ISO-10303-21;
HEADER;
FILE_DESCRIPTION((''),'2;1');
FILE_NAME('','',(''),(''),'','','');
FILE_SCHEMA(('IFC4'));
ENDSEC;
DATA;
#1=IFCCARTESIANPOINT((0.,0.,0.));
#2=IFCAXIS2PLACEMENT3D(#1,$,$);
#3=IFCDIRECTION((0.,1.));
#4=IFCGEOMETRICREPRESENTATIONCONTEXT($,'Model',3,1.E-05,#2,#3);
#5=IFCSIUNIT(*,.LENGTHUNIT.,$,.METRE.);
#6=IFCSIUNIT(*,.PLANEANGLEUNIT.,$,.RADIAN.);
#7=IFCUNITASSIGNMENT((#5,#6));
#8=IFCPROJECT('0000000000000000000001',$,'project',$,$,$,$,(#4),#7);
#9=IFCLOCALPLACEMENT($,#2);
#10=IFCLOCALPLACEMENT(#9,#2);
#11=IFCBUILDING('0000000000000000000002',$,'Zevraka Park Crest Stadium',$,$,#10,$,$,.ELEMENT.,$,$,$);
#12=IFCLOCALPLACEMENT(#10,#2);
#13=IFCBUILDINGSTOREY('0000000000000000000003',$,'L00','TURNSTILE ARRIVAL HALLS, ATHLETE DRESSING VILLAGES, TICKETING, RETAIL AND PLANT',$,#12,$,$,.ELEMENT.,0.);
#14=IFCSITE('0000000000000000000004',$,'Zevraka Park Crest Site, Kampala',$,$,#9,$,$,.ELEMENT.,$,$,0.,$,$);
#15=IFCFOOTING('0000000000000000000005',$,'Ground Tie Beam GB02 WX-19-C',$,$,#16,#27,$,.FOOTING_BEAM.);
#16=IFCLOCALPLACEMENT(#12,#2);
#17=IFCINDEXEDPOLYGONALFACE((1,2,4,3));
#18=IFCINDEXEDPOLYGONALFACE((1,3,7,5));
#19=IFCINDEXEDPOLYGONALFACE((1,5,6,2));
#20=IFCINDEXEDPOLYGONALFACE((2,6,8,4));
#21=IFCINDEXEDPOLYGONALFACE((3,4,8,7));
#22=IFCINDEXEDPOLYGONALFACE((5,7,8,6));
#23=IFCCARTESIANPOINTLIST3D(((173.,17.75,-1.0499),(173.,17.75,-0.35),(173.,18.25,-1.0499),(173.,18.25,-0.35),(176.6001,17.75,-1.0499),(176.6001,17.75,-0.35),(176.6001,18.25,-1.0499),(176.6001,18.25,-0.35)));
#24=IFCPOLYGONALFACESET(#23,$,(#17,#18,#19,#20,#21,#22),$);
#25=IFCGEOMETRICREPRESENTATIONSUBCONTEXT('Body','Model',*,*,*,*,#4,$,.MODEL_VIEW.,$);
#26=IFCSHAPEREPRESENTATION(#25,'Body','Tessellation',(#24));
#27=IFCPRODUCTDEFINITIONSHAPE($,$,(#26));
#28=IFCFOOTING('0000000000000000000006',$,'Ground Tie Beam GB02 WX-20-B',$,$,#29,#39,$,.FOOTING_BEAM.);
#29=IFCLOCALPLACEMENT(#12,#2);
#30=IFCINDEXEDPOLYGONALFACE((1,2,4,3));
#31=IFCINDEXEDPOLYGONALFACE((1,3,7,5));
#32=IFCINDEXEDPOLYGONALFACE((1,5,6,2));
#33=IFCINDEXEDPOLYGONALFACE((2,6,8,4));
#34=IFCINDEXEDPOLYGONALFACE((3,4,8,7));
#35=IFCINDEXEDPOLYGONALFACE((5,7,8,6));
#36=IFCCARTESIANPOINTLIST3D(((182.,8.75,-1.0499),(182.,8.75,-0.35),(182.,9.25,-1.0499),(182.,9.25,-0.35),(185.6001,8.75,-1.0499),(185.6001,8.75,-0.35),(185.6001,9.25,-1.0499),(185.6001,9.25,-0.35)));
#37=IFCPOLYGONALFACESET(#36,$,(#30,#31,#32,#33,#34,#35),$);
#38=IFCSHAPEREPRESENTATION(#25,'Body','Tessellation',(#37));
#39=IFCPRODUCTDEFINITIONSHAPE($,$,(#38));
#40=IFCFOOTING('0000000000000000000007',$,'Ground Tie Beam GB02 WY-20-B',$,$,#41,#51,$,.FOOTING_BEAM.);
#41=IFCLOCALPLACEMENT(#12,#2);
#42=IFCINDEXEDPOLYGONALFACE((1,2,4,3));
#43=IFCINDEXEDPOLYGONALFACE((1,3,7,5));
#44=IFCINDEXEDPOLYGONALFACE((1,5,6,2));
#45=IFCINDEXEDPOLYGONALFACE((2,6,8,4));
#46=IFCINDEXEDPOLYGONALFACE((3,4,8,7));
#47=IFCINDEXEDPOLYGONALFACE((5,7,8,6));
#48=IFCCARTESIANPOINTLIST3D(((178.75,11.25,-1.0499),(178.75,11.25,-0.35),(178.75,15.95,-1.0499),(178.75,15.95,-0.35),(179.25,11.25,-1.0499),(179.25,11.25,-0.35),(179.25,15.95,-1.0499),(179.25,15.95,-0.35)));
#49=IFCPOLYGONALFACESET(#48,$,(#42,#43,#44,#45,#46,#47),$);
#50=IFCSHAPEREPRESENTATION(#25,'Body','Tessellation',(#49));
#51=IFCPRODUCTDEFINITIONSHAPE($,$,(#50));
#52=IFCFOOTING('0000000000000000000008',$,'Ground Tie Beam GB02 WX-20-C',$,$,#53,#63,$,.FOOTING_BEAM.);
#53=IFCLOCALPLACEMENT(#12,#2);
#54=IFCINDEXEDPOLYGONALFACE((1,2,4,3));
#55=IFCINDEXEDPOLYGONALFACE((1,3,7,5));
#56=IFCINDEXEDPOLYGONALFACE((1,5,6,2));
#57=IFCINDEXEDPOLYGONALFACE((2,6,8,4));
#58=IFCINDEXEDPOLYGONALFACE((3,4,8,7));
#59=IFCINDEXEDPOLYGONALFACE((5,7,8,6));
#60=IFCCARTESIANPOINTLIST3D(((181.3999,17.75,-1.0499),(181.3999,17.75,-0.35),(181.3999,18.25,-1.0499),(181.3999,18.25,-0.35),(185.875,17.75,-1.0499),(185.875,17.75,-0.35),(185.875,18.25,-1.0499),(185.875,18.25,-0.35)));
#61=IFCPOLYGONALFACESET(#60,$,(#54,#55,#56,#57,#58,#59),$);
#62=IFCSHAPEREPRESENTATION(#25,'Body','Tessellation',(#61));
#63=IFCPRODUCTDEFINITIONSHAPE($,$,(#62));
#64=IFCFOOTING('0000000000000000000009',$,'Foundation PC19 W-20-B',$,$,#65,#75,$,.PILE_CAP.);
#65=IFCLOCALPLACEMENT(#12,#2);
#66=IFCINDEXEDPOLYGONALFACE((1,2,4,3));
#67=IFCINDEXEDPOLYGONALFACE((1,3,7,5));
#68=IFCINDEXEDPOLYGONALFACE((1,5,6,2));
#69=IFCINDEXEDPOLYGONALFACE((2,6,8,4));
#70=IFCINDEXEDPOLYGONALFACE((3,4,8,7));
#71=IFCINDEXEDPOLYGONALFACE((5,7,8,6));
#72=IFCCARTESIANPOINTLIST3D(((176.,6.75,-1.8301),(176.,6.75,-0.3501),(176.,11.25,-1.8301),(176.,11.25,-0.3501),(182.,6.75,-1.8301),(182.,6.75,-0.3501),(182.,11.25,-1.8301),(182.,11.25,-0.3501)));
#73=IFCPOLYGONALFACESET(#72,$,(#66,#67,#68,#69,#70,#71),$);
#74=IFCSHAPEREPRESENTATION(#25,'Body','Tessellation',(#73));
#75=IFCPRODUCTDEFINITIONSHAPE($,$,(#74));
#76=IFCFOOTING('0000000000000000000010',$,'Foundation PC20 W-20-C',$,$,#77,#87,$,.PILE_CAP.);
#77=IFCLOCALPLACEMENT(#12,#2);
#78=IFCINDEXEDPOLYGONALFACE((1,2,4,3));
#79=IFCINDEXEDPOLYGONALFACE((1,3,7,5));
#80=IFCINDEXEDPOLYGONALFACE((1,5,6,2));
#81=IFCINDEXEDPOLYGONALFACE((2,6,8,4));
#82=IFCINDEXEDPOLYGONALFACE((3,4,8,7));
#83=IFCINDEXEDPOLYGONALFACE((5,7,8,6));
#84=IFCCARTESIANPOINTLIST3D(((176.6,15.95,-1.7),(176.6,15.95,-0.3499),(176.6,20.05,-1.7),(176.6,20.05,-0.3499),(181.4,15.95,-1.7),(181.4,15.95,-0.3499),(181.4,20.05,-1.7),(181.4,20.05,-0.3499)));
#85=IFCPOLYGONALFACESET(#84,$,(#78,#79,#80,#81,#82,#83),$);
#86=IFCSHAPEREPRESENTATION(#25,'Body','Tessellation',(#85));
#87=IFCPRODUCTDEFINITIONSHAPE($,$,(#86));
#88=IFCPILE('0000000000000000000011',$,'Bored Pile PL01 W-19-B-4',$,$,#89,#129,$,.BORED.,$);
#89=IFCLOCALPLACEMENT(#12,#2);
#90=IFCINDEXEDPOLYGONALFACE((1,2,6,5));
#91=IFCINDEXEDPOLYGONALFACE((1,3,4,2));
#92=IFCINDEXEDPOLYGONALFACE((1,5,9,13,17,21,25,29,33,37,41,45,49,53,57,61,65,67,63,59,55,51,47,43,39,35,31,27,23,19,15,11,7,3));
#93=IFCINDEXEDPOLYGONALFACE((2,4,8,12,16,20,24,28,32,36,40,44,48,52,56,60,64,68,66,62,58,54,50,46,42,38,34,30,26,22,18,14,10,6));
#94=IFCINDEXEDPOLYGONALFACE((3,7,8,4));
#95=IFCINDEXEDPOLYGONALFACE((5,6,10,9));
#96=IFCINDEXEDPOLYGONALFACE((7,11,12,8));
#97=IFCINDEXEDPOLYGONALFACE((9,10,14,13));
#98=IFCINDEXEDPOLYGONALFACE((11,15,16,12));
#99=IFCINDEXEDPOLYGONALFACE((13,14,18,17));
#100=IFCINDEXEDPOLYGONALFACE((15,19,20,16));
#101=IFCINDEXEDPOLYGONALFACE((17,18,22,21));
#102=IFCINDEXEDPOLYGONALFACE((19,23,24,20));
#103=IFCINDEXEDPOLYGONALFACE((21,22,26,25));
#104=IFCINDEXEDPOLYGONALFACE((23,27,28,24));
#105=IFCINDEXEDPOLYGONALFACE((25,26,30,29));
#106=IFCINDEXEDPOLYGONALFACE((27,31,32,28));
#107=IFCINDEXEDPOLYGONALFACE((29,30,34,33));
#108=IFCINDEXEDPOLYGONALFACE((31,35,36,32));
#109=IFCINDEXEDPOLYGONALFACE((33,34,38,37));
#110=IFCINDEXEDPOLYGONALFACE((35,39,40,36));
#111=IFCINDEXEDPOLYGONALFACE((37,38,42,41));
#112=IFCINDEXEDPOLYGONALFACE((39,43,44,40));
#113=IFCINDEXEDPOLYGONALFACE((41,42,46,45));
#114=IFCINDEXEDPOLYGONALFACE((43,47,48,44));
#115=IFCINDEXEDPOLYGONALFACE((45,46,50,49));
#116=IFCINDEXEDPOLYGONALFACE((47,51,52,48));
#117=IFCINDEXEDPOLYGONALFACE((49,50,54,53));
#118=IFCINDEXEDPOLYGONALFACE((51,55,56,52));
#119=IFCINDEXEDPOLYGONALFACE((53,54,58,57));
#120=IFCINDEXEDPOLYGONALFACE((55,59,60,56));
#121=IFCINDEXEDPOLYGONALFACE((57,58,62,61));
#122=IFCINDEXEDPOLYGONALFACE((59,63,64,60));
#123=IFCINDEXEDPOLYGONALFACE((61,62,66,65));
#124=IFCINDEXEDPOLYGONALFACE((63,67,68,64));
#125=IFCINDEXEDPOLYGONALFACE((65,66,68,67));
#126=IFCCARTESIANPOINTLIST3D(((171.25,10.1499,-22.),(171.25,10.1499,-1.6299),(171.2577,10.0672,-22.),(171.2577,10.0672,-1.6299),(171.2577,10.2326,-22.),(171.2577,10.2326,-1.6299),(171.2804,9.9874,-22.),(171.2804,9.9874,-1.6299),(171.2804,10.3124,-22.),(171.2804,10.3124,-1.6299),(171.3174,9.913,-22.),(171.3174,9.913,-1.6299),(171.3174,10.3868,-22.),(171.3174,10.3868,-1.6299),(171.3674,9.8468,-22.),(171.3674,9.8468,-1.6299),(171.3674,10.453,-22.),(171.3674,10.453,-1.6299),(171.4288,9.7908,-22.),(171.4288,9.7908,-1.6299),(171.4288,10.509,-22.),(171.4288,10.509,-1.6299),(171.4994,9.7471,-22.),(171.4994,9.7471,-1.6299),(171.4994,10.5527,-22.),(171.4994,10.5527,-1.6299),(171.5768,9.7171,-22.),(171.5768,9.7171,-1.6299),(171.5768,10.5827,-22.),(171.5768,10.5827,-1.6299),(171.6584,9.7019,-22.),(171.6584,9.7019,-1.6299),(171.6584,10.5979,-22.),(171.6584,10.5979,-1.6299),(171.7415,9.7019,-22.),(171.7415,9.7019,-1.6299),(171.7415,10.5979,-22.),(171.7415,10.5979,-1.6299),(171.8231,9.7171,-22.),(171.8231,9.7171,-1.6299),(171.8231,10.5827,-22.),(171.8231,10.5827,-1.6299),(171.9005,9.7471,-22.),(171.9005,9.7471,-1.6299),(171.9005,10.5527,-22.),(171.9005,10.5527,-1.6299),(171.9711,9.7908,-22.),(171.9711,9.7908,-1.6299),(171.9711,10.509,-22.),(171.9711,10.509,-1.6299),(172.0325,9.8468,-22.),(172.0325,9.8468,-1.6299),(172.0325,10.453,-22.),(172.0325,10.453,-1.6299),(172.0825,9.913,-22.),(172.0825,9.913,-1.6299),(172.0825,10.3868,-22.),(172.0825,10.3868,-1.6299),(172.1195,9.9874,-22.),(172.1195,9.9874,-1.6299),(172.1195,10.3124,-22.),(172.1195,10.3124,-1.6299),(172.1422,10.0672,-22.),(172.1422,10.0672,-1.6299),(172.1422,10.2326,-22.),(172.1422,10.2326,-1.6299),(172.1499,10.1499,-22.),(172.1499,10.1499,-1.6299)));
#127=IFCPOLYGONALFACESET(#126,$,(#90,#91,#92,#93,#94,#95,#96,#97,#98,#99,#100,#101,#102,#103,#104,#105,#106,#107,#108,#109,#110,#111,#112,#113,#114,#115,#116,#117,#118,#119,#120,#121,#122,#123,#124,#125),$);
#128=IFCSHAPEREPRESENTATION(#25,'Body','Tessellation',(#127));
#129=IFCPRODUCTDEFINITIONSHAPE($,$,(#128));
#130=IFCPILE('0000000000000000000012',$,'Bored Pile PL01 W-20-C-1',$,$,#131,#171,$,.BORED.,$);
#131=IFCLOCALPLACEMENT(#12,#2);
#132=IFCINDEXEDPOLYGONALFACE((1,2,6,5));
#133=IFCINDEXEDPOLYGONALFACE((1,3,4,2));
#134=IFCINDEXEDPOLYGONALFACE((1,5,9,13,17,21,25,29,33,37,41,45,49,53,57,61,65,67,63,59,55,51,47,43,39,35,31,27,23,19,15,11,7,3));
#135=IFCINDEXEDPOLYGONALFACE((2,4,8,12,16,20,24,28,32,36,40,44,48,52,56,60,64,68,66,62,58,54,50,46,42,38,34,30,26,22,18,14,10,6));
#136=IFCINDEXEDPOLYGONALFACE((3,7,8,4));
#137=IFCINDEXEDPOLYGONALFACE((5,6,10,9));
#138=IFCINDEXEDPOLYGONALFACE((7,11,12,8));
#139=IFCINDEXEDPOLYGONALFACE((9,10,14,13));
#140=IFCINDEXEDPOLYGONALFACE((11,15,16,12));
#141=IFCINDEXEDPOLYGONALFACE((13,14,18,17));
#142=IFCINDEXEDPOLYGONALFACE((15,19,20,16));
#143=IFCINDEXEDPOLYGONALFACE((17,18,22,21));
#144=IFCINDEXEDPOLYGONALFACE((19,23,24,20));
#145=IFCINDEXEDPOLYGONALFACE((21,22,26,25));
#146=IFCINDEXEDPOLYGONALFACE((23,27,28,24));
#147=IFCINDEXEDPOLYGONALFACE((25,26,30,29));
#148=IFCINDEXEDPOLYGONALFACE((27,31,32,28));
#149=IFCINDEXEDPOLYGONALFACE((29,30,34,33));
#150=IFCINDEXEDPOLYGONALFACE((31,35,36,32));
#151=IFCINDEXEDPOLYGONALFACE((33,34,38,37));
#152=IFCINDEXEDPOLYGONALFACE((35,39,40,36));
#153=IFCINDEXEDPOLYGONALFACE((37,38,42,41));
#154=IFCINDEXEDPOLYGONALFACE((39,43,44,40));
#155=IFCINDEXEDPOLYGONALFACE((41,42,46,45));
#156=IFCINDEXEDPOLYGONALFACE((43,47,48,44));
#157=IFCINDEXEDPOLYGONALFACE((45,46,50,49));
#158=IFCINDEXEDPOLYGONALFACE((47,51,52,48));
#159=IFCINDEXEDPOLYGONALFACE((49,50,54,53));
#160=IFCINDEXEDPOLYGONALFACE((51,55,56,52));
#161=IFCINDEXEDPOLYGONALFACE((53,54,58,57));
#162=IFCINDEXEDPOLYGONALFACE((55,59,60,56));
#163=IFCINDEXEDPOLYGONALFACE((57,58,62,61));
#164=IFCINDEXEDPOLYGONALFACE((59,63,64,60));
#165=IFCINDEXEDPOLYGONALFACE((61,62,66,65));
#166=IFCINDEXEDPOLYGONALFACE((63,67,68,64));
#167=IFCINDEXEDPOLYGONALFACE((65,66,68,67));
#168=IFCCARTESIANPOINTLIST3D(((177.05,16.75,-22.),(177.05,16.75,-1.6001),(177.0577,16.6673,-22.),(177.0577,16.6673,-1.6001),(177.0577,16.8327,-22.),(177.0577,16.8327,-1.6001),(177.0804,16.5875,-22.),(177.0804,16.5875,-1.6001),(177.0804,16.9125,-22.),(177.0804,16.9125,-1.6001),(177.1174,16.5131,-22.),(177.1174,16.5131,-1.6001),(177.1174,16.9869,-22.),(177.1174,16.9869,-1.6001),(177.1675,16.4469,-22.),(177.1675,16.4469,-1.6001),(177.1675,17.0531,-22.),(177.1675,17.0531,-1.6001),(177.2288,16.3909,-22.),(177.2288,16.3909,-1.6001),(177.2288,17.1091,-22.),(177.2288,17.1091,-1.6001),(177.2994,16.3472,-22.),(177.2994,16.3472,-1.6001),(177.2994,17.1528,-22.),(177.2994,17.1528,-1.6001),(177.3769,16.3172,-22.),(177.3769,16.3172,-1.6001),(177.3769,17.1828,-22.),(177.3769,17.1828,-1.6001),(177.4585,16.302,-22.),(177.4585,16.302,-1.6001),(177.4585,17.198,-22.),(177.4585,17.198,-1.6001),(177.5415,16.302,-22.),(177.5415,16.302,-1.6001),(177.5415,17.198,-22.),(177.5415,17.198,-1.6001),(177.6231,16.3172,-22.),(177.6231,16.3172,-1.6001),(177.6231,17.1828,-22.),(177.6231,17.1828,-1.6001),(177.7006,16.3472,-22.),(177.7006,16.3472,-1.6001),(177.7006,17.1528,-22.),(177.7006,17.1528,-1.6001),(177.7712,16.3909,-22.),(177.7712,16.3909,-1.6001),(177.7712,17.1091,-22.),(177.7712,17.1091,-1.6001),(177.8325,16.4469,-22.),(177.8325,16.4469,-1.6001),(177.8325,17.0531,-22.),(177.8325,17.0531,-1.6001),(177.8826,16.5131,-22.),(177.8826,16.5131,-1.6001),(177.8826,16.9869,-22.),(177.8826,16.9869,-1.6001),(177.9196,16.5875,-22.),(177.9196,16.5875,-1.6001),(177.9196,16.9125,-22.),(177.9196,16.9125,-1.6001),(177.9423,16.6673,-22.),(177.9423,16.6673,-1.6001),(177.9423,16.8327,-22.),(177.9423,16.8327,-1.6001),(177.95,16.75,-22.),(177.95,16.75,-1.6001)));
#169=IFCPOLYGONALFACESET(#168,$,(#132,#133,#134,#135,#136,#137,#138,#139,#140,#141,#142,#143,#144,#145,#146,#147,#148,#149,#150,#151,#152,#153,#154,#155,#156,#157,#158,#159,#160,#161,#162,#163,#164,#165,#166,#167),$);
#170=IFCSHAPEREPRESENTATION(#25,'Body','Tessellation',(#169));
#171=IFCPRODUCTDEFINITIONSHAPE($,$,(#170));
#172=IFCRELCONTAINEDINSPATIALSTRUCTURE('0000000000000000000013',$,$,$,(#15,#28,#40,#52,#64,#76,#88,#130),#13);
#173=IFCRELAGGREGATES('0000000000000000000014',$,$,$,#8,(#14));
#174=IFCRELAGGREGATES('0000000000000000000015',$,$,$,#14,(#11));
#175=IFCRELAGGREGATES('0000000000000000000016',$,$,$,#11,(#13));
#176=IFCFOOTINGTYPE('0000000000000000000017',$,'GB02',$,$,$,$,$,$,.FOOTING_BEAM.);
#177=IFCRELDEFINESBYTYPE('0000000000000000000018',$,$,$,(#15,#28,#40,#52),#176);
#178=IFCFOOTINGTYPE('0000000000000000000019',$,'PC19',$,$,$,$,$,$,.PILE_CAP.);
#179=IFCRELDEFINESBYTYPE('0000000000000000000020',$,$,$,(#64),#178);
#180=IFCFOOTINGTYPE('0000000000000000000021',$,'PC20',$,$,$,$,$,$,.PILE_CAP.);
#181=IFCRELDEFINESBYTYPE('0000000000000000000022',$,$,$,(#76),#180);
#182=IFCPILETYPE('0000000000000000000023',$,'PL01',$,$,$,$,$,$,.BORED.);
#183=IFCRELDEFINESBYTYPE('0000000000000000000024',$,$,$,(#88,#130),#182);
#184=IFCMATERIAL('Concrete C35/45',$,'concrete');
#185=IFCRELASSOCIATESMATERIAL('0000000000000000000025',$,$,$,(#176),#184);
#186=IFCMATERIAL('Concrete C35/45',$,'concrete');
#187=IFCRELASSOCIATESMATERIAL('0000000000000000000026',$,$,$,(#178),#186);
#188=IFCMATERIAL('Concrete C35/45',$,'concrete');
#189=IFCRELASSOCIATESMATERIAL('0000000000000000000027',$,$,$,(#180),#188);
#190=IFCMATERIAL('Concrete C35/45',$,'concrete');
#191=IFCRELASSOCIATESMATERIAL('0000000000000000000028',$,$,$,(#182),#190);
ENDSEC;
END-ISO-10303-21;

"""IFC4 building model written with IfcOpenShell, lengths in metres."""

from ifc_helpers import new_model, si_unit, direction, frame, origin, origin_2d, place, context, subcontext, project, spatial, rectangle, circle, extrude, material, material_profile, profile_set, type_object, element, save


model = new_model("IFC4")

# Units and contexts
model_context = context("Model", 3, precision=1e-05, world=origin(), true_north=direction((0.0, 1.0)))
body_context = subcontext(model_context, "Body", "Model", "MODEL_VIEW")
ifc_project = project(units=[si_unit("LENGTHUNIT", "METRE"), si_unit("PLANEANGLEUNIT", "RADIAN")], contexts=[model_context])

# Site, building, storey
site_placement = place(None, origin())
site = spatial("IfcSite", under=ifc_project, at=site_placement, Name="Zevraka Park Crest Site, Kampala", CompositionType="ELEMENT", RefElevation=0.0)
building_placement = place(site_placement, origin())
building = spatial("IfcBuilding", under=site, at=building_placement, Name="Zevraka Park Crest Stadium", CompositionType="ELEMENT")
storey_placement = place(building_placement, origin())
storey = spatial("IfcBuildingStorey", under=building, at=storey_placement, Name="L00", Description="TURNSTILE ARRIVAL HALLS, ATHLETE DRESSING VILLAGES, TICKETING, RETAIL AND PLANT", CompositionType="ELEMENT", Elevation=0.0)

# Footings
ifc_material_1 = material(Name="Concrete C35/45", Category="concrete")
ifc_material_profile_1 = material_profile(ifc_material_1, rectangle(XDim=0.5, YDim=0.7, at=origin_2d()), Name="GB 700x500")
ifc_profile_set_1 = profile_set([ifc_material_profile_1], Name="Concrete C35/45")
footing_type_1 = type_object("IfcFootingType", Name="GB02", PredefinedType="FOOTING_BEAM", material=ifc_profile_set_1)
for number, where, z_axis, x_axis, name in (
    (1, (173.0, 18.0, -0.7), (1.0, 0.0, 0.0), (0.0, 1.0, 0.0), "Ground Tie Beam GB02 WX-19-C"),
    (2, (182.0, 9.0, -0.7), (1.0, 0.0, 0.0), (0.0, 1.0, 0.0), "Ground Tie Beam GB02 WX-20-B"),
):
    element("IfcFooting", number, at=place(storey_placement, frame(where, z_axis=z_axis, x_axis=x_axis)), inside=storey, type_object=footing_type_1, Name=name, PredefinedType="FOOTING_BEAM", context=body_context, shape_type="SweptSolid", body=[
        extrude(rectangle(XDim=0.5, YDim=0.7, at=origin_2d()), origin(), (0.0, 0.0, 1.0), 3.6001),
    ])
footing_1_placement = place(storey_placement, frame((179.0, 11.25, -0.7), z_axis=(0.0, 1.0, 0.0), x_axis=(-1.0, 0.0, 0.0)))
element("IfcFooting", 3, at=footing_1_placement, inside=storey, type_object=footing_type_1, Name="Ground Tie Beam GB02 WY-20-B", PredefinedType="FOOTING_BEAM", context=body_context, shape_type="SweptSolid", body=[
    extrude(rectangle(XDim=0.5, YDim=0.7, at=origin_2d()), origin(), (0.0, 0.0, 1.0), 4.7),
])
footing_2_placement = place(storey_placement, frame((181.3999, 18.0, -0.7), z_axis=(1.0, 0.0, 0.0), x_axis=(0.0, 1.0, 0.0)))
element("IfcFooting", 4, at=footing_2_placement, inside=storey, type_object=footing_type_1, Name="Ground Tie Beam GB02 WX-20-C", PredefinedType="FOOTING_BEAM", context=body_context, shape_type="SweptSolid", body=[
    extrude(rectangle(XDim=0.5, YDim=0.7, at=origin_2d()), origin(), (0.0, 0.0, 1.0), 4.4751),
])
ifc_material_2 = material(Name="Concrete C35/45", Category="concrete")
footing_type_2 = type_object("IfcFootingType", Name="PC19", PredefinedType="PILE_CAP", material=ifc_material_2)
footing_3_placement = place(storey_placement, frame((179.0, 9.0, -1.8301), z_axis=(0.0, 0.0, 1.0), x_axis=(1.0, 0.0, 0.0)))
element("IfcFooting", 5, at=footing_3_placement, inside=storey, type_object=footing_type_2, Name="Foundation PC19 W-20-B", PredefinedType="PILE_CAP", context=body_context, shape_type="SweptSolid", body=[
    extrude(rectangle(XDim=6.0, YDim=4.5, at=origin_2d()), origin(), (0.0, 0.0, 1.0), 1.48),
])
ifc_material_3 = material(Name="Concrete C35/45", Category="concrete")
footing_type_3 = type_object("IfcFootingType", Name="PC20", PredefinedType="PILE_CAP", material=ifc_material_3)
footing_4_placement = place(storey_placement, frame((179.0, 18.0, -1.7), z_axis=(0.0, 0.0, 1.0), x_axis=(1.0, 0.0, 0.0)))
element("IfcFooting", 6, at=footing_4_placement, inside=storey, type_object=footing_type_3, Name="Foundation PC20 W-20-C", PredefinedType="PILE_CAP", context=body_context, shape_type="SweptSolid", body=[
    extrude(rectangle(XDim=4.8, YDim=4.1001, at=origin_2d()), origin(), (0.0, 0.0, 1.0), 1.3501),
])

# Piles
ifc_material_4 = material(Name="Concrete C35/45", Category="concrete")
ifc_material_profile_2 = material_profile(ifc_material_4, circle(Radius=0.45, at=origin_2d()), Name="PILE D900")
ifc_profile_set_2 = profile_set([ifc_material_profile_2], Name="Concrete C35/45")
pile_type_1 = type_object("IfcPileType", Name="PL01", PredefinedType="BORED", material=ifc_profile_set_2)
pile_placement = place(storey_placement, frame((171.7, 10.1499, -1.6299), z_axis=(0.0, 0.0, -1.0), x_axis=(1.0, 0.0, 0.0)))
element("IfcPile", 7, at=pile_placement, inside=storey, type_object=pile_type_1, Name="Bored Pile PL01 W-19-B-4", PredefinedType="BORED", context=body_context, shape_type="SweptSolid", body=[
    extrude(circle(Radius=0.45, at=origin_2d()), origin(), (0.0, 0.0, 1.0), 20.3701),
])
for number, where, z_axis, x_axis, name in (
    (8, (177.5, 16.75, -1.6001), (0.0, 0.0, -1.0), (1.0, 0.0, 0.0), "Bored Pile PL01 W-20-C-1"),
):
    element("IfcPile", number, at=place(storey_placement, frame(where, z_axis=z_axis, x_axis=x_axis)), inside=storey, type_object=pile_type_1, Name=name, PredefinedType="BORED", context=body_context, shape_type="SweptSolid", body=[
        extrude(circle(Radius=0.45, at=origin_2d()), origin(), (0.0, 0.0, 1.0), 20.3999),
    ])

save(model, "model.ifc")
